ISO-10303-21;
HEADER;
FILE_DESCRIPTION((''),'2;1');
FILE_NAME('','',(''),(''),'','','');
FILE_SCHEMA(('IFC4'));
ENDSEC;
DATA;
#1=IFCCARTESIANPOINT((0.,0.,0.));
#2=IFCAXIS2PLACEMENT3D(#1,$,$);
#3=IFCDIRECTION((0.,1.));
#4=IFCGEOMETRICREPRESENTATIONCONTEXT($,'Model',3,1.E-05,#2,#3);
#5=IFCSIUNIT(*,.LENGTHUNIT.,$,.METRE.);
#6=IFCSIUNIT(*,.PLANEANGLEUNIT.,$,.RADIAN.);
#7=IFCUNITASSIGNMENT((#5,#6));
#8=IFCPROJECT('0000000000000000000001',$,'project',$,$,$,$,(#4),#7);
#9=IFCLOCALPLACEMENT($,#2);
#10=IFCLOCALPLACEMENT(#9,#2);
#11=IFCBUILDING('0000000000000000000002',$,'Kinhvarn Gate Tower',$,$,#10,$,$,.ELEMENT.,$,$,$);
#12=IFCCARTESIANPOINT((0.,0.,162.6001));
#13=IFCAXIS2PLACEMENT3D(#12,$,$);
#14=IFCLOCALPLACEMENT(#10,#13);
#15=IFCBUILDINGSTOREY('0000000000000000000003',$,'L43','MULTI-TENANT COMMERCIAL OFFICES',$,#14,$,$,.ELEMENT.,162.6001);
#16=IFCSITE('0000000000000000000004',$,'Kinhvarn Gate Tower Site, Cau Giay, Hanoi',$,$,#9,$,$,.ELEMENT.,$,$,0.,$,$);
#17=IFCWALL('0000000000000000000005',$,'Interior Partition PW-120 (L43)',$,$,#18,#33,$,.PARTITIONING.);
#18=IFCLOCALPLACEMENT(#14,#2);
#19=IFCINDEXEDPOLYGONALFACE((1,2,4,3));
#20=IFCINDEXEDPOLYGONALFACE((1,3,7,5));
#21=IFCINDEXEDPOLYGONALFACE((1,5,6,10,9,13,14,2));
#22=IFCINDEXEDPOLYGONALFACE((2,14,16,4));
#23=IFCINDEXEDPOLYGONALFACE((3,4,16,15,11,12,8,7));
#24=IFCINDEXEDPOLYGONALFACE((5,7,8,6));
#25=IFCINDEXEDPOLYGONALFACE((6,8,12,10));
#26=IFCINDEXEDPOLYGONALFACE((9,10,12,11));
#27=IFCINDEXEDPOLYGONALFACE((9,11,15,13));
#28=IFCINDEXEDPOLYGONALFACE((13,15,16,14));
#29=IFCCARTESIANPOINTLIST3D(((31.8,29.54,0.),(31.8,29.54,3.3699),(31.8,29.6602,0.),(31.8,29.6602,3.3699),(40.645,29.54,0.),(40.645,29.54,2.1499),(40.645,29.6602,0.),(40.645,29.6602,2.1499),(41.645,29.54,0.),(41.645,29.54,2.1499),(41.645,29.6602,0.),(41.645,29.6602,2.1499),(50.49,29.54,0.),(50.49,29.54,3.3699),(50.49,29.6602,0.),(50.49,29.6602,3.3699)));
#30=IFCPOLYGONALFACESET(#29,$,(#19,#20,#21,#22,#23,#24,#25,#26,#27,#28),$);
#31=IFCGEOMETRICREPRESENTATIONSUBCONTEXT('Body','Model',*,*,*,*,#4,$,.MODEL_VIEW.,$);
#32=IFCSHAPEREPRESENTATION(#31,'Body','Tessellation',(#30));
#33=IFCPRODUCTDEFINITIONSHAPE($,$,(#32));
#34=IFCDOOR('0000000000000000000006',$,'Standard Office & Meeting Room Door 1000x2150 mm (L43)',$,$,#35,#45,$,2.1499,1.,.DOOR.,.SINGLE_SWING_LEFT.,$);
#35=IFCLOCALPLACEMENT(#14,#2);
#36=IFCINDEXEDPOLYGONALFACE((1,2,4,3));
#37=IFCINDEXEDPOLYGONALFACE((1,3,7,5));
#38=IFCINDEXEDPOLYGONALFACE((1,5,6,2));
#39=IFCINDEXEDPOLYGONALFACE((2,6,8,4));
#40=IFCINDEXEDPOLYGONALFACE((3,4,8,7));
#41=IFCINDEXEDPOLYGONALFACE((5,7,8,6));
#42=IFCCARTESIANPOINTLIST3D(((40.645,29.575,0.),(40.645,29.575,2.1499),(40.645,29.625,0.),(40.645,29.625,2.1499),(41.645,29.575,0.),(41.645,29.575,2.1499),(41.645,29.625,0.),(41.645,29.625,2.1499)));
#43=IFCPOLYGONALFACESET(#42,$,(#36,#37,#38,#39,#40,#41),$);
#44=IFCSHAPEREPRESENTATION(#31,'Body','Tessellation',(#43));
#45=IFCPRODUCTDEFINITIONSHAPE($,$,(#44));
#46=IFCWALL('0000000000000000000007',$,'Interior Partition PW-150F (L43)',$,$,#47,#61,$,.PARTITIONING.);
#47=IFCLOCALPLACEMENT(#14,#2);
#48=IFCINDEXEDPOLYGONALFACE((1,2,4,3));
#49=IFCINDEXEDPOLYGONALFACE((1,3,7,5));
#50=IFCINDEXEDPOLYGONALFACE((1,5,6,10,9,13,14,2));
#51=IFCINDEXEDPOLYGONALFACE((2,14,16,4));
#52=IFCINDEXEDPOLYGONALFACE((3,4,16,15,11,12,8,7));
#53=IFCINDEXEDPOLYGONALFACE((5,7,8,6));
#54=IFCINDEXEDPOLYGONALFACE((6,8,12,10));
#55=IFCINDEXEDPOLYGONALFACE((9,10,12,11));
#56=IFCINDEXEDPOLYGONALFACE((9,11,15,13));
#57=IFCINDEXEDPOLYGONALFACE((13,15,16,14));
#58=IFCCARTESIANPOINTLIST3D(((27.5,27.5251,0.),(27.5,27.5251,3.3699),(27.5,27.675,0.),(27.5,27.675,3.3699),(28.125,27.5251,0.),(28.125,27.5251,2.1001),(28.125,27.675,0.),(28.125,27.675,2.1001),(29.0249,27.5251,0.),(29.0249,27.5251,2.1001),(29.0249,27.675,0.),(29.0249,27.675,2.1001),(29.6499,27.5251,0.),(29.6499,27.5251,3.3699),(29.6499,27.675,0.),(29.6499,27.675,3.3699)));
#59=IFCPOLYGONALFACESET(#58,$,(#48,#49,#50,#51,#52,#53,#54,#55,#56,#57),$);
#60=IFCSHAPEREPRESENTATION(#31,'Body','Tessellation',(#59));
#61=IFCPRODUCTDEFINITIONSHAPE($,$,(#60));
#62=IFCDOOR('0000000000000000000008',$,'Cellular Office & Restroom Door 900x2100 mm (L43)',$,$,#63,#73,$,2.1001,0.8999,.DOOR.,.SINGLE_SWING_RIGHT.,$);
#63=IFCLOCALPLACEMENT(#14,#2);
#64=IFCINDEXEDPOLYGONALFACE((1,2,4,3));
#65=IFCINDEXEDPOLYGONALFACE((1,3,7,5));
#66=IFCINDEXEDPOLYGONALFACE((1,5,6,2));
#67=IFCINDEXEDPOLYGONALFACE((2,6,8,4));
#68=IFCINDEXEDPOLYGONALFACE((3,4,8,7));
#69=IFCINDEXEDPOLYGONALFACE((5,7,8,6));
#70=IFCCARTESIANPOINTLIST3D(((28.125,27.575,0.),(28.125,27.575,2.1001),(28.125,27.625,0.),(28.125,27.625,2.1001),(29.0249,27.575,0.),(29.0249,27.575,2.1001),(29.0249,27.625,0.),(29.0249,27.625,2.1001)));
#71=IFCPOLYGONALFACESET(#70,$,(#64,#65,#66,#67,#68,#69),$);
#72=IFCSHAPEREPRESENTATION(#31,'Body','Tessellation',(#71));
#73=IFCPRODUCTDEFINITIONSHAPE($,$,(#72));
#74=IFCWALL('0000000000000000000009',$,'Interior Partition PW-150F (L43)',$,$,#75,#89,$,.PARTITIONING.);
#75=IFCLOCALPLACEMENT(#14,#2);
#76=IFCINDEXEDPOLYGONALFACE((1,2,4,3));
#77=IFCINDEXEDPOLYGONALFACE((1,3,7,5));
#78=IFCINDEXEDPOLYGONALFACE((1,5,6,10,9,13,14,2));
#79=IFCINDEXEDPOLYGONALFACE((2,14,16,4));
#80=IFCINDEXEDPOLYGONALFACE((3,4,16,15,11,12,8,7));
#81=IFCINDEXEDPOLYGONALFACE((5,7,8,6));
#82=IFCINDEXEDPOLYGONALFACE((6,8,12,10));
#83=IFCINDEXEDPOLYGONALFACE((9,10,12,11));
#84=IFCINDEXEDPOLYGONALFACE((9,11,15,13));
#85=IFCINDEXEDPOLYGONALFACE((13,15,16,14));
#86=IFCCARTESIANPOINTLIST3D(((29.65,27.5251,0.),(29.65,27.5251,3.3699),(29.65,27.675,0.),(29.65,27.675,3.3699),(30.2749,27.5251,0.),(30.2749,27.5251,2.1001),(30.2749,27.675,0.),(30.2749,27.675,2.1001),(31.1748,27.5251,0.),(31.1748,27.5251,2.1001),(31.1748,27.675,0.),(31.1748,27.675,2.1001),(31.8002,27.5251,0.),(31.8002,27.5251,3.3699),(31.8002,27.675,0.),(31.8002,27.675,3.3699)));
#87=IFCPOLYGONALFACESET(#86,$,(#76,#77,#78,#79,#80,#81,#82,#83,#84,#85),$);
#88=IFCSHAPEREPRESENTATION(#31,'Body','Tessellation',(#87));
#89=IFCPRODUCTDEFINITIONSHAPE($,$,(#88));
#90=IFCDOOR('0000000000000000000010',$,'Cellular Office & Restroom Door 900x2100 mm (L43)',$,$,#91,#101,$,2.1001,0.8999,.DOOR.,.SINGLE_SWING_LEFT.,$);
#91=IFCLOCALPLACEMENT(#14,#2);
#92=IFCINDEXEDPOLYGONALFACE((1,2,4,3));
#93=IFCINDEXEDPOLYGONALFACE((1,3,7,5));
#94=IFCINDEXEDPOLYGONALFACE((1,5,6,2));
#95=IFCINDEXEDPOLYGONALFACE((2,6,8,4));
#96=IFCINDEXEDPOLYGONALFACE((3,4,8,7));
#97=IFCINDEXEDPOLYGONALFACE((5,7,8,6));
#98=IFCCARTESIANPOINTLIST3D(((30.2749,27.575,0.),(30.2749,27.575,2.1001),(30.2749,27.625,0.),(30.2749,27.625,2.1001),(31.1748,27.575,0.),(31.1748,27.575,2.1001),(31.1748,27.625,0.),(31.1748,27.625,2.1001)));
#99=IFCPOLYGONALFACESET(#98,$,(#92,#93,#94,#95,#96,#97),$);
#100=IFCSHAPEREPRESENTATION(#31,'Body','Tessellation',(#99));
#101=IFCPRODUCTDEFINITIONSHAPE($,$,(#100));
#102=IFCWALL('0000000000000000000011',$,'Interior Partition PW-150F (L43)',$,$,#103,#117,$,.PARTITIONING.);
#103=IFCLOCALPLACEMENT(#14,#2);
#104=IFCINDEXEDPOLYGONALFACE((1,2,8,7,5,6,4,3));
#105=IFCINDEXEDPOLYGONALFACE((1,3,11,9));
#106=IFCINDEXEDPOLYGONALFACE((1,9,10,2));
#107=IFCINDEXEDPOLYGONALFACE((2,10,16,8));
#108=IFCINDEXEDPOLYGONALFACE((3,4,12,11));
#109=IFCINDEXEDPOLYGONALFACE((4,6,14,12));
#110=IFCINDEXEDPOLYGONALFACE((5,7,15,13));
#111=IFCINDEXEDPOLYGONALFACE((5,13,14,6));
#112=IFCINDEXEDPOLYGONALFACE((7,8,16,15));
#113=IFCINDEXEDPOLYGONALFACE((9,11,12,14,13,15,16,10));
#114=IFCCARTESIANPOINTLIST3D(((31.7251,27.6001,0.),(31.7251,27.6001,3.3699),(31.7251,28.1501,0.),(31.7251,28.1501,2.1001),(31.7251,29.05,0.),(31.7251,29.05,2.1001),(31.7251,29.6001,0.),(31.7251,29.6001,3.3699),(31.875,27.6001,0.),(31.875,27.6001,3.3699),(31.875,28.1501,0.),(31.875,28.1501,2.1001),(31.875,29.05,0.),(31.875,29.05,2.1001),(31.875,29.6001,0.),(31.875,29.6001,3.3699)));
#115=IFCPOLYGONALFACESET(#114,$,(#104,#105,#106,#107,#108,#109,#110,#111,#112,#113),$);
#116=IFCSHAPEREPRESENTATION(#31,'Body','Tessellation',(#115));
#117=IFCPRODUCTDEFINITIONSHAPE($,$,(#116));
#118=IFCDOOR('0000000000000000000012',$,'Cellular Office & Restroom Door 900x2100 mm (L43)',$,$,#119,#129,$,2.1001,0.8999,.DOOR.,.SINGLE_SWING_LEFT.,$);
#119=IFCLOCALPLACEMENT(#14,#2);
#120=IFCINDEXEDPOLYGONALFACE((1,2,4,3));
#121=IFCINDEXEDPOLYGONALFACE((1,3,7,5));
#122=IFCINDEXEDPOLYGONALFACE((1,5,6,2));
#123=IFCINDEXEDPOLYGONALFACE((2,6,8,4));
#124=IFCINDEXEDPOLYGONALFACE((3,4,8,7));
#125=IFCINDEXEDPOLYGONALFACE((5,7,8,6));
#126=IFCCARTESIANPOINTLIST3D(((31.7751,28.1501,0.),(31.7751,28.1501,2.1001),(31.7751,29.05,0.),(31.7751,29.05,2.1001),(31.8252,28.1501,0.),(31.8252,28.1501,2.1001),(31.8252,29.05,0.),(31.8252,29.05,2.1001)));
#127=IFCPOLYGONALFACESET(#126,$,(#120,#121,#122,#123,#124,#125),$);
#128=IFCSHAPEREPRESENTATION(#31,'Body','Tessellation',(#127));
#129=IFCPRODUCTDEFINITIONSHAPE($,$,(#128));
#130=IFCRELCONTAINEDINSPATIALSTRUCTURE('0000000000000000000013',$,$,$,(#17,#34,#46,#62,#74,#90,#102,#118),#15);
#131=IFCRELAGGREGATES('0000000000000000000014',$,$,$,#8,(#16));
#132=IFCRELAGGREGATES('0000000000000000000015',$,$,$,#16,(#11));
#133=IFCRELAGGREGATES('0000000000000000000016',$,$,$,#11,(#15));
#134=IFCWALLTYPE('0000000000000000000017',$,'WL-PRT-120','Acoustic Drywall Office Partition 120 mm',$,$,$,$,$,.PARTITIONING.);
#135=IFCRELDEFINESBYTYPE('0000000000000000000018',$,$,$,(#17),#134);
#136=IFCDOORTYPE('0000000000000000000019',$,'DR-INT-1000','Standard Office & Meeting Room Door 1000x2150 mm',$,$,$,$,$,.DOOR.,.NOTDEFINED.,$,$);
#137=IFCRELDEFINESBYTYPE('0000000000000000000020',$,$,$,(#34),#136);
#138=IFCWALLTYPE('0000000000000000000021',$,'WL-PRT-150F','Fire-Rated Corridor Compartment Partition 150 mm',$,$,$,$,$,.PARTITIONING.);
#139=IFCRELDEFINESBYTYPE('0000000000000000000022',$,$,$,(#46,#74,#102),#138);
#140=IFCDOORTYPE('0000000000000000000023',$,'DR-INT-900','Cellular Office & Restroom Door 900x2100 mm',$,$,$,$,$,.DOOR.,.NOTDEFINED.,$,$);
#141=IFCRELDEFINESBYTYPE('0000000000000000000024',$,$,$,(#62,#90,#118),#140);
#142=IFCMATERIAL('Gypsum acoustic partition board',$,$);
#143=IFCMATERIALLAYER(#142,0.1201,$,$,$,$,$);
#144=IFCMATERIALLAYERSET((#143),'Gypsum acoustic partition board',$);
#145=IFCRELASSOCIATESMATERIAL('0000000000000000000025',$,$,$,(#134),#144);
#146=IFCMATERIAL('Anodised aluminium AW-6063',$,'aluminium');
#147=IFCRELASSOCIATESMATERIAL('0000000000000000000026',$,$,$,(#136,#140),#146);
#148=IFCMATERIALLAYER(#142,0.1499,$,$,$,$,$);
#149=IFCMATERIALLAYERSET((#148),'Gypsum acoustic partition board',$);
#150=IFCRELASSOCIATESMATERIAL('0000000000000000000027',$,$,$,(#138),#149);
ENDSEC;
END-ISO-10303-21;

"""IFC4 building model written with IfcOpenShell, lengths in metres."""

from ifc_helpers import new_model, si_unit, direction, frame, frame_2d, origin, place, context, subcontext, project, spatial, rectangle, extrude, material, layer, layer_set, type_object, element, fill, save


model = new_model("IFC4")

# Units and contexts
model_context = context("Model", 3, precision=1e-05, world=origin(), true_north=direction((0.0, 1.0)))
body_context = subcontext(model_context, "Body", "Model", "MODEL_VIEW")
ifc_project = project(units=[si_unit("LENGTHUNIT", "METRE"), si_unit("PLANEANGLEUNIT", "RADIAN")], contexts=[model_context])

# Site, building, storey
site_placement = place(None, origin())
site = spatial("IfcSite", under=ifc_project, at=site_placement, Name="Kinhvarn Gate Tower Site, Cau Giay, Hanoi", CompositionType="ELEMENT", RefElevation=0.0)
building_placement = place(site_placement, origin())
building = spatial("IfcBuilding", under=site, at=building_placement, Name="Kinhvarn Gate Tower", CompositionType="ELEMENT")
storey_placement = place(building_placement, frame((0.0, 0.0, 162.6001)))
storey = spatial("IfcBuildingStorey", under=building, at=storey_placement, Name="L43", Description="MULTI-TENANT COMMERCIAL OFFICES", CompositionType="ELEMENT", Elevation=162.6001)

# Shared definitions
ifc_material_1 = material(Name="Gypsum acoustic partition board")
ifc_layer_1 = layer(ifc_material_1, 0.1201)
ifc_layer_set_1 = layer_set([ifc_layer_1], Name="Gypsum acoustic partition board")
wall_type_1 = type_object("IfcWallType", Name="WL-PRT-120", Description="Acoustic Drywall Office Partition 120 mm", PredefinedType="PARTITIONING", material=ifc_layer_set_1)

# Walls, openings, doors
wall_1_placement = place(storey_placement, frame((31.8, 29.6001, 0.0), z_axis=(0.0, 0.0, 1.0), x_axis=(1.0, 0.0, 0.0)))
wall_1 = element("IfcWall", 1, at=wall_1_placement, inside=storey, type_object=wall_type_1, Name="Interior Partition PW-120 (L43)", PredefinedType="PARTITIONING", context=body_context, shape_type="SweptSolid", body=[
    extrude(rectangle(XDim=18.6899, YDim=0.1201, at=frame_2d((9.345, 0.0))), origin(), (0.0, 0.0, 1.0), 3.3699),
])
opening_1_placement = place(wall_1_placement, frame((8.845, 0.0, 0.0)))
opening_1 = element("IfcOpeningElement", 2, at=opening_1_placement, cuts=wall_1, PredefinedType="OPENING", context=body_context, shape_type="SweptSolid", body=[
    extrude(rectangle(XDim=1.0, YDim=2.1499, at=frame_2d((0.5, 1.075))), frame((0.0, 0.0701, 0.0), z_axis=(0.0, -1.0, 0.0), x_axis=(1.0, 0.0, 0.0)), (0.0, 0.0, 1.0), 0.1401),
])
ifc_material_2 = material(Name="Anodised aluminium AW-6063", Category="aluminium")
door_type_1 = type_object("IfcDoorType", Name="DR-INT-1000", Description="Standard Office & Meeting Room Door 1000x2150 mm", OperationType="NOTDEFINED", PredefinedType="DOOR", material=ifc_material_2)
door_1_placement = place(opening_1_placement, origin())
door_1 = element("IfcDoor", 3, at=door_1_placement, inside=storey, type_object=door_type_1, Name="Standard Office & Meeting Room Door 1000x2150 mm (L43)", OperationType="SINGLE_SWING_LEFT", OverallHeight=2.1499, OverallWidth=1.0, PredefinedType="DOOR", context=body_context, shape_type="SweptSolid", body=[
    extrude(rectangle(XDim=1.0, YDim=2.1499, at=frame_2d((0.5, 1.075))), frame((0.0, 0.0249, 0.0), z_axis=(0.0, -1.0, 0.0), x_axis=(1.0, 0.0, 0.0)), (0.0, 0.0, 1.0), 0.05),
])
fill(opening_1, door_1)
ifc_layer_2 = layer(ifc_material_1, 0.1499)
ifc_layer_set_2 = layer_set([ifc_layer_2], Name="Gypsum acoustic partition board")
wall_type_2 = type_object("IfcWallType", Name="WL-PRT-150F", Description="Fire-Rated Corridor Compartment Partition 150 mm", PredefinedType="PARTITIONING", material=ifc_layer_set_2)
wall_2_placement = place(storey_placement, frame((27.5, 27.6001, 0.0), z_axis=(0.0, 0.0, 1.0), x_axis=(1.0, 0.0, 0.0)))
wall_2 = element("IfcWall", 4, at=wall_2_placement, inside=storey, type_object=wall_type_2, Name="Interior Partition PW-150F (L43)", PredefinedType="PARTITIONING", context=body_context, shape_type="SweptSolid", body=[
    extrude(rectangle(XDim=2.1499, YDim=0.1499, at=frame_2d((1.075, 0.0))), origin(), (0.0, 0.0, 1.0), 3.3699),
])
opening_2_placement = place(wall_2_placement, frame((0.625, 0.0, 0.0)))
opening_2 = element("IfcOpeningElement", 5, at=opening_2_placement, cuts=wall_2, PredefinedType="OPENING", context=body_context, shape_type="SweptSolid", body=[
    extrude(rectangle(XDim=0.8999, YDim=2.1001, at=frame_2d((0.45, 1.05))), frame((0.0, 0.085, 0.0), z_axis=(0.0, -1.0, 0.0), x_axis=(1.0, 0.0, 0.0)), (0.0, 0.0, 1.0), 0.1699),
])
door_type_2 = type_object("IfcDoorType", Name="DR-INT-900", Description="Cellular Office & Restroom Door 900x2100 mm", OperationType="NOTDEFINED", PredefinedType="DOOR", material=ifc_material_2)
door_2_placement = place(opening_2_placement, origin())
door_2 = element("IfcDoor", 6, at=door_2_placement, inside=storey, type_object=door_type_2, Name="Cellular Office & Restroom Door 900x2100 mm (L43)", OperationType="SINGLE_SWING_RIGHT", OverallHeight=2.1001, OverallWidth=0.8999, PredefinedType="DOOR", context=body_context, shape_type="SweptSolid", body=[
    extrude(rectangle(XDim=0.8999, YDim=2.1001, at=frame_2d((0.45, 1.05))), frame((0.0, 0.0249, 0.0), z_axis=(0.0, -1.0, 0.0), x_axis=(1.0, 0.0, 0.0)), (0.0, 0.0, 1.0), 0.05),
])
fill(opening_2, door_2)
wall_3_placement = place(storey_placement, frame((29.6499, 27.6001, 0.0), z_axis=(0.0, 0.0, 1.0), x_axis=(1.0, 0.0, 0.0)))
wall_3 = element("IfcWall", 7, at=wall_3_placement, inside=storey, type_object=wall_type_2, Name="Interior Partition PW-150F (L43)", PredefinedType="PARTITIONING", context=body_context, shape_type="SweptSolid", body=[
    extrude(rectangle(XDim=2.1501, YDim=0.1499, at=frame_2d((1.0752, 0.0))), origin(), (0.0, 0.0, 1.0), 3.3699),
])
opening_3_placement = place(wall_3_placement, frame((0.625, 0.0, 0.0)))
opening_3 = element("IfcOpeningElement", 8, at=opening_3_placement, cuts=wall_3, PredefinedType="OPENING", context=body_context, shape_type="SweptSolid", body=[
    extrude(rectangle(XDim=0.8999, YDim=2.1001, at=frame_2d((0.45, 1.05))), frame((0.0, 0.085, 0.0), z_axis=(0.0, -1.0, 0.0), x_axis=(1.0, 0.0, 0.0)), (0.0, 0.0, 1.0), 0.1699),
])
door_3_placement = place(opening_3_placement, origin())
door_3 = element("IfcDoor", 9, at=door_3_placement, inside=storey, type_object=door_type_2, Name="Cellular Office & Restroom Door 900x2100 mm (L43)", OperationType="SINGLE_SWING_LEFT", OverallHeight=2.1001, OverallWidth=0.8999, PredefinedType="DOOR", context=body_context, shape_type="SweptSolid", body=[
    extrude(rectangle(XDim=0.8999, YDim=2.1001, at=frame_2d((0.45, 1.05))), frame((0.0, 0.0249, 0.0), z_axis=(0.0, -1.0, 0.0), x_axis=(1.0, 0.0, 0.0)), (0.0, 0.0, 1.0), 0.05),
])
fill(opening_3, door_3)
wall_4_placement = place(storey_placement, frame((31.8, 27.6001, 0.0), z_axis=(0.0, 0.0, 1.0), x_axis=(0.0, 1.0, 0.0)))
wall_4 = element("IfcWall", 10, at=wall_4_placement, inside=storey, type_object=wall_type_2, Name="Interior Partition PW-150F (L43)", PredefinedType="PARTITIONING", context=body_context, shape_type="SweptSolid", body=[
    extrude(rectangle(XDim=2.0, YDim=0.1499, at=frame_2d((1.0, 0.0))), origin(), (0.0, 0.0, 1.0), 3.3699),
])
opening_4_placement = place(wall_4_placement, frame((0.55, 0.0, 0.0)))
opening_4 = element("IfcOpeningElement", 11, at=opening_4_placement, cuts=wall_4, PredefinedType="OPENING", context=body_context, shape_type="SweptSolid", body=[
    extrude(rectangle(XDim=0.8999, YDim=2.1001, at=frame_2d((0.45, 1.05))), frame((0.0, 0.085, 0.0), z_axis=(0.0, -1.0, 0.0), x_axis=(1.0, 0.0, 0.0)), (0.0, 0.0, 1.0), 0.1699),
])
door_4_placement = place(opening_4_placement, origin())
door_4 = element("IfcDoor", 12, at=door_4_placement, inside=storey, type_object=door_type_2, Name="Cellular Office & Restroom Door 900x2100 mm (L43)", OperationType="SINGLE_SWING_LEFT", OverallHeight=2.1001, OverallWidth=0.8999, PredefinedType="DOOR", context=body_context, shape_type="SweptSolid", body=[
    extrude(rectangle(XDim=0.8999, YDim=2.1001, at=frame_2d((0.45, 1.05))), frame((0.0, 0.0249, 0.0), z_axis=(0.0, -1.0, 0.0), x_axis=(1.0, 0.0, 0.0)), (0.0, 0.0, 1.0), 0.05),
])
fill(opening_4, door_4)

save(model, "model.ifc")
